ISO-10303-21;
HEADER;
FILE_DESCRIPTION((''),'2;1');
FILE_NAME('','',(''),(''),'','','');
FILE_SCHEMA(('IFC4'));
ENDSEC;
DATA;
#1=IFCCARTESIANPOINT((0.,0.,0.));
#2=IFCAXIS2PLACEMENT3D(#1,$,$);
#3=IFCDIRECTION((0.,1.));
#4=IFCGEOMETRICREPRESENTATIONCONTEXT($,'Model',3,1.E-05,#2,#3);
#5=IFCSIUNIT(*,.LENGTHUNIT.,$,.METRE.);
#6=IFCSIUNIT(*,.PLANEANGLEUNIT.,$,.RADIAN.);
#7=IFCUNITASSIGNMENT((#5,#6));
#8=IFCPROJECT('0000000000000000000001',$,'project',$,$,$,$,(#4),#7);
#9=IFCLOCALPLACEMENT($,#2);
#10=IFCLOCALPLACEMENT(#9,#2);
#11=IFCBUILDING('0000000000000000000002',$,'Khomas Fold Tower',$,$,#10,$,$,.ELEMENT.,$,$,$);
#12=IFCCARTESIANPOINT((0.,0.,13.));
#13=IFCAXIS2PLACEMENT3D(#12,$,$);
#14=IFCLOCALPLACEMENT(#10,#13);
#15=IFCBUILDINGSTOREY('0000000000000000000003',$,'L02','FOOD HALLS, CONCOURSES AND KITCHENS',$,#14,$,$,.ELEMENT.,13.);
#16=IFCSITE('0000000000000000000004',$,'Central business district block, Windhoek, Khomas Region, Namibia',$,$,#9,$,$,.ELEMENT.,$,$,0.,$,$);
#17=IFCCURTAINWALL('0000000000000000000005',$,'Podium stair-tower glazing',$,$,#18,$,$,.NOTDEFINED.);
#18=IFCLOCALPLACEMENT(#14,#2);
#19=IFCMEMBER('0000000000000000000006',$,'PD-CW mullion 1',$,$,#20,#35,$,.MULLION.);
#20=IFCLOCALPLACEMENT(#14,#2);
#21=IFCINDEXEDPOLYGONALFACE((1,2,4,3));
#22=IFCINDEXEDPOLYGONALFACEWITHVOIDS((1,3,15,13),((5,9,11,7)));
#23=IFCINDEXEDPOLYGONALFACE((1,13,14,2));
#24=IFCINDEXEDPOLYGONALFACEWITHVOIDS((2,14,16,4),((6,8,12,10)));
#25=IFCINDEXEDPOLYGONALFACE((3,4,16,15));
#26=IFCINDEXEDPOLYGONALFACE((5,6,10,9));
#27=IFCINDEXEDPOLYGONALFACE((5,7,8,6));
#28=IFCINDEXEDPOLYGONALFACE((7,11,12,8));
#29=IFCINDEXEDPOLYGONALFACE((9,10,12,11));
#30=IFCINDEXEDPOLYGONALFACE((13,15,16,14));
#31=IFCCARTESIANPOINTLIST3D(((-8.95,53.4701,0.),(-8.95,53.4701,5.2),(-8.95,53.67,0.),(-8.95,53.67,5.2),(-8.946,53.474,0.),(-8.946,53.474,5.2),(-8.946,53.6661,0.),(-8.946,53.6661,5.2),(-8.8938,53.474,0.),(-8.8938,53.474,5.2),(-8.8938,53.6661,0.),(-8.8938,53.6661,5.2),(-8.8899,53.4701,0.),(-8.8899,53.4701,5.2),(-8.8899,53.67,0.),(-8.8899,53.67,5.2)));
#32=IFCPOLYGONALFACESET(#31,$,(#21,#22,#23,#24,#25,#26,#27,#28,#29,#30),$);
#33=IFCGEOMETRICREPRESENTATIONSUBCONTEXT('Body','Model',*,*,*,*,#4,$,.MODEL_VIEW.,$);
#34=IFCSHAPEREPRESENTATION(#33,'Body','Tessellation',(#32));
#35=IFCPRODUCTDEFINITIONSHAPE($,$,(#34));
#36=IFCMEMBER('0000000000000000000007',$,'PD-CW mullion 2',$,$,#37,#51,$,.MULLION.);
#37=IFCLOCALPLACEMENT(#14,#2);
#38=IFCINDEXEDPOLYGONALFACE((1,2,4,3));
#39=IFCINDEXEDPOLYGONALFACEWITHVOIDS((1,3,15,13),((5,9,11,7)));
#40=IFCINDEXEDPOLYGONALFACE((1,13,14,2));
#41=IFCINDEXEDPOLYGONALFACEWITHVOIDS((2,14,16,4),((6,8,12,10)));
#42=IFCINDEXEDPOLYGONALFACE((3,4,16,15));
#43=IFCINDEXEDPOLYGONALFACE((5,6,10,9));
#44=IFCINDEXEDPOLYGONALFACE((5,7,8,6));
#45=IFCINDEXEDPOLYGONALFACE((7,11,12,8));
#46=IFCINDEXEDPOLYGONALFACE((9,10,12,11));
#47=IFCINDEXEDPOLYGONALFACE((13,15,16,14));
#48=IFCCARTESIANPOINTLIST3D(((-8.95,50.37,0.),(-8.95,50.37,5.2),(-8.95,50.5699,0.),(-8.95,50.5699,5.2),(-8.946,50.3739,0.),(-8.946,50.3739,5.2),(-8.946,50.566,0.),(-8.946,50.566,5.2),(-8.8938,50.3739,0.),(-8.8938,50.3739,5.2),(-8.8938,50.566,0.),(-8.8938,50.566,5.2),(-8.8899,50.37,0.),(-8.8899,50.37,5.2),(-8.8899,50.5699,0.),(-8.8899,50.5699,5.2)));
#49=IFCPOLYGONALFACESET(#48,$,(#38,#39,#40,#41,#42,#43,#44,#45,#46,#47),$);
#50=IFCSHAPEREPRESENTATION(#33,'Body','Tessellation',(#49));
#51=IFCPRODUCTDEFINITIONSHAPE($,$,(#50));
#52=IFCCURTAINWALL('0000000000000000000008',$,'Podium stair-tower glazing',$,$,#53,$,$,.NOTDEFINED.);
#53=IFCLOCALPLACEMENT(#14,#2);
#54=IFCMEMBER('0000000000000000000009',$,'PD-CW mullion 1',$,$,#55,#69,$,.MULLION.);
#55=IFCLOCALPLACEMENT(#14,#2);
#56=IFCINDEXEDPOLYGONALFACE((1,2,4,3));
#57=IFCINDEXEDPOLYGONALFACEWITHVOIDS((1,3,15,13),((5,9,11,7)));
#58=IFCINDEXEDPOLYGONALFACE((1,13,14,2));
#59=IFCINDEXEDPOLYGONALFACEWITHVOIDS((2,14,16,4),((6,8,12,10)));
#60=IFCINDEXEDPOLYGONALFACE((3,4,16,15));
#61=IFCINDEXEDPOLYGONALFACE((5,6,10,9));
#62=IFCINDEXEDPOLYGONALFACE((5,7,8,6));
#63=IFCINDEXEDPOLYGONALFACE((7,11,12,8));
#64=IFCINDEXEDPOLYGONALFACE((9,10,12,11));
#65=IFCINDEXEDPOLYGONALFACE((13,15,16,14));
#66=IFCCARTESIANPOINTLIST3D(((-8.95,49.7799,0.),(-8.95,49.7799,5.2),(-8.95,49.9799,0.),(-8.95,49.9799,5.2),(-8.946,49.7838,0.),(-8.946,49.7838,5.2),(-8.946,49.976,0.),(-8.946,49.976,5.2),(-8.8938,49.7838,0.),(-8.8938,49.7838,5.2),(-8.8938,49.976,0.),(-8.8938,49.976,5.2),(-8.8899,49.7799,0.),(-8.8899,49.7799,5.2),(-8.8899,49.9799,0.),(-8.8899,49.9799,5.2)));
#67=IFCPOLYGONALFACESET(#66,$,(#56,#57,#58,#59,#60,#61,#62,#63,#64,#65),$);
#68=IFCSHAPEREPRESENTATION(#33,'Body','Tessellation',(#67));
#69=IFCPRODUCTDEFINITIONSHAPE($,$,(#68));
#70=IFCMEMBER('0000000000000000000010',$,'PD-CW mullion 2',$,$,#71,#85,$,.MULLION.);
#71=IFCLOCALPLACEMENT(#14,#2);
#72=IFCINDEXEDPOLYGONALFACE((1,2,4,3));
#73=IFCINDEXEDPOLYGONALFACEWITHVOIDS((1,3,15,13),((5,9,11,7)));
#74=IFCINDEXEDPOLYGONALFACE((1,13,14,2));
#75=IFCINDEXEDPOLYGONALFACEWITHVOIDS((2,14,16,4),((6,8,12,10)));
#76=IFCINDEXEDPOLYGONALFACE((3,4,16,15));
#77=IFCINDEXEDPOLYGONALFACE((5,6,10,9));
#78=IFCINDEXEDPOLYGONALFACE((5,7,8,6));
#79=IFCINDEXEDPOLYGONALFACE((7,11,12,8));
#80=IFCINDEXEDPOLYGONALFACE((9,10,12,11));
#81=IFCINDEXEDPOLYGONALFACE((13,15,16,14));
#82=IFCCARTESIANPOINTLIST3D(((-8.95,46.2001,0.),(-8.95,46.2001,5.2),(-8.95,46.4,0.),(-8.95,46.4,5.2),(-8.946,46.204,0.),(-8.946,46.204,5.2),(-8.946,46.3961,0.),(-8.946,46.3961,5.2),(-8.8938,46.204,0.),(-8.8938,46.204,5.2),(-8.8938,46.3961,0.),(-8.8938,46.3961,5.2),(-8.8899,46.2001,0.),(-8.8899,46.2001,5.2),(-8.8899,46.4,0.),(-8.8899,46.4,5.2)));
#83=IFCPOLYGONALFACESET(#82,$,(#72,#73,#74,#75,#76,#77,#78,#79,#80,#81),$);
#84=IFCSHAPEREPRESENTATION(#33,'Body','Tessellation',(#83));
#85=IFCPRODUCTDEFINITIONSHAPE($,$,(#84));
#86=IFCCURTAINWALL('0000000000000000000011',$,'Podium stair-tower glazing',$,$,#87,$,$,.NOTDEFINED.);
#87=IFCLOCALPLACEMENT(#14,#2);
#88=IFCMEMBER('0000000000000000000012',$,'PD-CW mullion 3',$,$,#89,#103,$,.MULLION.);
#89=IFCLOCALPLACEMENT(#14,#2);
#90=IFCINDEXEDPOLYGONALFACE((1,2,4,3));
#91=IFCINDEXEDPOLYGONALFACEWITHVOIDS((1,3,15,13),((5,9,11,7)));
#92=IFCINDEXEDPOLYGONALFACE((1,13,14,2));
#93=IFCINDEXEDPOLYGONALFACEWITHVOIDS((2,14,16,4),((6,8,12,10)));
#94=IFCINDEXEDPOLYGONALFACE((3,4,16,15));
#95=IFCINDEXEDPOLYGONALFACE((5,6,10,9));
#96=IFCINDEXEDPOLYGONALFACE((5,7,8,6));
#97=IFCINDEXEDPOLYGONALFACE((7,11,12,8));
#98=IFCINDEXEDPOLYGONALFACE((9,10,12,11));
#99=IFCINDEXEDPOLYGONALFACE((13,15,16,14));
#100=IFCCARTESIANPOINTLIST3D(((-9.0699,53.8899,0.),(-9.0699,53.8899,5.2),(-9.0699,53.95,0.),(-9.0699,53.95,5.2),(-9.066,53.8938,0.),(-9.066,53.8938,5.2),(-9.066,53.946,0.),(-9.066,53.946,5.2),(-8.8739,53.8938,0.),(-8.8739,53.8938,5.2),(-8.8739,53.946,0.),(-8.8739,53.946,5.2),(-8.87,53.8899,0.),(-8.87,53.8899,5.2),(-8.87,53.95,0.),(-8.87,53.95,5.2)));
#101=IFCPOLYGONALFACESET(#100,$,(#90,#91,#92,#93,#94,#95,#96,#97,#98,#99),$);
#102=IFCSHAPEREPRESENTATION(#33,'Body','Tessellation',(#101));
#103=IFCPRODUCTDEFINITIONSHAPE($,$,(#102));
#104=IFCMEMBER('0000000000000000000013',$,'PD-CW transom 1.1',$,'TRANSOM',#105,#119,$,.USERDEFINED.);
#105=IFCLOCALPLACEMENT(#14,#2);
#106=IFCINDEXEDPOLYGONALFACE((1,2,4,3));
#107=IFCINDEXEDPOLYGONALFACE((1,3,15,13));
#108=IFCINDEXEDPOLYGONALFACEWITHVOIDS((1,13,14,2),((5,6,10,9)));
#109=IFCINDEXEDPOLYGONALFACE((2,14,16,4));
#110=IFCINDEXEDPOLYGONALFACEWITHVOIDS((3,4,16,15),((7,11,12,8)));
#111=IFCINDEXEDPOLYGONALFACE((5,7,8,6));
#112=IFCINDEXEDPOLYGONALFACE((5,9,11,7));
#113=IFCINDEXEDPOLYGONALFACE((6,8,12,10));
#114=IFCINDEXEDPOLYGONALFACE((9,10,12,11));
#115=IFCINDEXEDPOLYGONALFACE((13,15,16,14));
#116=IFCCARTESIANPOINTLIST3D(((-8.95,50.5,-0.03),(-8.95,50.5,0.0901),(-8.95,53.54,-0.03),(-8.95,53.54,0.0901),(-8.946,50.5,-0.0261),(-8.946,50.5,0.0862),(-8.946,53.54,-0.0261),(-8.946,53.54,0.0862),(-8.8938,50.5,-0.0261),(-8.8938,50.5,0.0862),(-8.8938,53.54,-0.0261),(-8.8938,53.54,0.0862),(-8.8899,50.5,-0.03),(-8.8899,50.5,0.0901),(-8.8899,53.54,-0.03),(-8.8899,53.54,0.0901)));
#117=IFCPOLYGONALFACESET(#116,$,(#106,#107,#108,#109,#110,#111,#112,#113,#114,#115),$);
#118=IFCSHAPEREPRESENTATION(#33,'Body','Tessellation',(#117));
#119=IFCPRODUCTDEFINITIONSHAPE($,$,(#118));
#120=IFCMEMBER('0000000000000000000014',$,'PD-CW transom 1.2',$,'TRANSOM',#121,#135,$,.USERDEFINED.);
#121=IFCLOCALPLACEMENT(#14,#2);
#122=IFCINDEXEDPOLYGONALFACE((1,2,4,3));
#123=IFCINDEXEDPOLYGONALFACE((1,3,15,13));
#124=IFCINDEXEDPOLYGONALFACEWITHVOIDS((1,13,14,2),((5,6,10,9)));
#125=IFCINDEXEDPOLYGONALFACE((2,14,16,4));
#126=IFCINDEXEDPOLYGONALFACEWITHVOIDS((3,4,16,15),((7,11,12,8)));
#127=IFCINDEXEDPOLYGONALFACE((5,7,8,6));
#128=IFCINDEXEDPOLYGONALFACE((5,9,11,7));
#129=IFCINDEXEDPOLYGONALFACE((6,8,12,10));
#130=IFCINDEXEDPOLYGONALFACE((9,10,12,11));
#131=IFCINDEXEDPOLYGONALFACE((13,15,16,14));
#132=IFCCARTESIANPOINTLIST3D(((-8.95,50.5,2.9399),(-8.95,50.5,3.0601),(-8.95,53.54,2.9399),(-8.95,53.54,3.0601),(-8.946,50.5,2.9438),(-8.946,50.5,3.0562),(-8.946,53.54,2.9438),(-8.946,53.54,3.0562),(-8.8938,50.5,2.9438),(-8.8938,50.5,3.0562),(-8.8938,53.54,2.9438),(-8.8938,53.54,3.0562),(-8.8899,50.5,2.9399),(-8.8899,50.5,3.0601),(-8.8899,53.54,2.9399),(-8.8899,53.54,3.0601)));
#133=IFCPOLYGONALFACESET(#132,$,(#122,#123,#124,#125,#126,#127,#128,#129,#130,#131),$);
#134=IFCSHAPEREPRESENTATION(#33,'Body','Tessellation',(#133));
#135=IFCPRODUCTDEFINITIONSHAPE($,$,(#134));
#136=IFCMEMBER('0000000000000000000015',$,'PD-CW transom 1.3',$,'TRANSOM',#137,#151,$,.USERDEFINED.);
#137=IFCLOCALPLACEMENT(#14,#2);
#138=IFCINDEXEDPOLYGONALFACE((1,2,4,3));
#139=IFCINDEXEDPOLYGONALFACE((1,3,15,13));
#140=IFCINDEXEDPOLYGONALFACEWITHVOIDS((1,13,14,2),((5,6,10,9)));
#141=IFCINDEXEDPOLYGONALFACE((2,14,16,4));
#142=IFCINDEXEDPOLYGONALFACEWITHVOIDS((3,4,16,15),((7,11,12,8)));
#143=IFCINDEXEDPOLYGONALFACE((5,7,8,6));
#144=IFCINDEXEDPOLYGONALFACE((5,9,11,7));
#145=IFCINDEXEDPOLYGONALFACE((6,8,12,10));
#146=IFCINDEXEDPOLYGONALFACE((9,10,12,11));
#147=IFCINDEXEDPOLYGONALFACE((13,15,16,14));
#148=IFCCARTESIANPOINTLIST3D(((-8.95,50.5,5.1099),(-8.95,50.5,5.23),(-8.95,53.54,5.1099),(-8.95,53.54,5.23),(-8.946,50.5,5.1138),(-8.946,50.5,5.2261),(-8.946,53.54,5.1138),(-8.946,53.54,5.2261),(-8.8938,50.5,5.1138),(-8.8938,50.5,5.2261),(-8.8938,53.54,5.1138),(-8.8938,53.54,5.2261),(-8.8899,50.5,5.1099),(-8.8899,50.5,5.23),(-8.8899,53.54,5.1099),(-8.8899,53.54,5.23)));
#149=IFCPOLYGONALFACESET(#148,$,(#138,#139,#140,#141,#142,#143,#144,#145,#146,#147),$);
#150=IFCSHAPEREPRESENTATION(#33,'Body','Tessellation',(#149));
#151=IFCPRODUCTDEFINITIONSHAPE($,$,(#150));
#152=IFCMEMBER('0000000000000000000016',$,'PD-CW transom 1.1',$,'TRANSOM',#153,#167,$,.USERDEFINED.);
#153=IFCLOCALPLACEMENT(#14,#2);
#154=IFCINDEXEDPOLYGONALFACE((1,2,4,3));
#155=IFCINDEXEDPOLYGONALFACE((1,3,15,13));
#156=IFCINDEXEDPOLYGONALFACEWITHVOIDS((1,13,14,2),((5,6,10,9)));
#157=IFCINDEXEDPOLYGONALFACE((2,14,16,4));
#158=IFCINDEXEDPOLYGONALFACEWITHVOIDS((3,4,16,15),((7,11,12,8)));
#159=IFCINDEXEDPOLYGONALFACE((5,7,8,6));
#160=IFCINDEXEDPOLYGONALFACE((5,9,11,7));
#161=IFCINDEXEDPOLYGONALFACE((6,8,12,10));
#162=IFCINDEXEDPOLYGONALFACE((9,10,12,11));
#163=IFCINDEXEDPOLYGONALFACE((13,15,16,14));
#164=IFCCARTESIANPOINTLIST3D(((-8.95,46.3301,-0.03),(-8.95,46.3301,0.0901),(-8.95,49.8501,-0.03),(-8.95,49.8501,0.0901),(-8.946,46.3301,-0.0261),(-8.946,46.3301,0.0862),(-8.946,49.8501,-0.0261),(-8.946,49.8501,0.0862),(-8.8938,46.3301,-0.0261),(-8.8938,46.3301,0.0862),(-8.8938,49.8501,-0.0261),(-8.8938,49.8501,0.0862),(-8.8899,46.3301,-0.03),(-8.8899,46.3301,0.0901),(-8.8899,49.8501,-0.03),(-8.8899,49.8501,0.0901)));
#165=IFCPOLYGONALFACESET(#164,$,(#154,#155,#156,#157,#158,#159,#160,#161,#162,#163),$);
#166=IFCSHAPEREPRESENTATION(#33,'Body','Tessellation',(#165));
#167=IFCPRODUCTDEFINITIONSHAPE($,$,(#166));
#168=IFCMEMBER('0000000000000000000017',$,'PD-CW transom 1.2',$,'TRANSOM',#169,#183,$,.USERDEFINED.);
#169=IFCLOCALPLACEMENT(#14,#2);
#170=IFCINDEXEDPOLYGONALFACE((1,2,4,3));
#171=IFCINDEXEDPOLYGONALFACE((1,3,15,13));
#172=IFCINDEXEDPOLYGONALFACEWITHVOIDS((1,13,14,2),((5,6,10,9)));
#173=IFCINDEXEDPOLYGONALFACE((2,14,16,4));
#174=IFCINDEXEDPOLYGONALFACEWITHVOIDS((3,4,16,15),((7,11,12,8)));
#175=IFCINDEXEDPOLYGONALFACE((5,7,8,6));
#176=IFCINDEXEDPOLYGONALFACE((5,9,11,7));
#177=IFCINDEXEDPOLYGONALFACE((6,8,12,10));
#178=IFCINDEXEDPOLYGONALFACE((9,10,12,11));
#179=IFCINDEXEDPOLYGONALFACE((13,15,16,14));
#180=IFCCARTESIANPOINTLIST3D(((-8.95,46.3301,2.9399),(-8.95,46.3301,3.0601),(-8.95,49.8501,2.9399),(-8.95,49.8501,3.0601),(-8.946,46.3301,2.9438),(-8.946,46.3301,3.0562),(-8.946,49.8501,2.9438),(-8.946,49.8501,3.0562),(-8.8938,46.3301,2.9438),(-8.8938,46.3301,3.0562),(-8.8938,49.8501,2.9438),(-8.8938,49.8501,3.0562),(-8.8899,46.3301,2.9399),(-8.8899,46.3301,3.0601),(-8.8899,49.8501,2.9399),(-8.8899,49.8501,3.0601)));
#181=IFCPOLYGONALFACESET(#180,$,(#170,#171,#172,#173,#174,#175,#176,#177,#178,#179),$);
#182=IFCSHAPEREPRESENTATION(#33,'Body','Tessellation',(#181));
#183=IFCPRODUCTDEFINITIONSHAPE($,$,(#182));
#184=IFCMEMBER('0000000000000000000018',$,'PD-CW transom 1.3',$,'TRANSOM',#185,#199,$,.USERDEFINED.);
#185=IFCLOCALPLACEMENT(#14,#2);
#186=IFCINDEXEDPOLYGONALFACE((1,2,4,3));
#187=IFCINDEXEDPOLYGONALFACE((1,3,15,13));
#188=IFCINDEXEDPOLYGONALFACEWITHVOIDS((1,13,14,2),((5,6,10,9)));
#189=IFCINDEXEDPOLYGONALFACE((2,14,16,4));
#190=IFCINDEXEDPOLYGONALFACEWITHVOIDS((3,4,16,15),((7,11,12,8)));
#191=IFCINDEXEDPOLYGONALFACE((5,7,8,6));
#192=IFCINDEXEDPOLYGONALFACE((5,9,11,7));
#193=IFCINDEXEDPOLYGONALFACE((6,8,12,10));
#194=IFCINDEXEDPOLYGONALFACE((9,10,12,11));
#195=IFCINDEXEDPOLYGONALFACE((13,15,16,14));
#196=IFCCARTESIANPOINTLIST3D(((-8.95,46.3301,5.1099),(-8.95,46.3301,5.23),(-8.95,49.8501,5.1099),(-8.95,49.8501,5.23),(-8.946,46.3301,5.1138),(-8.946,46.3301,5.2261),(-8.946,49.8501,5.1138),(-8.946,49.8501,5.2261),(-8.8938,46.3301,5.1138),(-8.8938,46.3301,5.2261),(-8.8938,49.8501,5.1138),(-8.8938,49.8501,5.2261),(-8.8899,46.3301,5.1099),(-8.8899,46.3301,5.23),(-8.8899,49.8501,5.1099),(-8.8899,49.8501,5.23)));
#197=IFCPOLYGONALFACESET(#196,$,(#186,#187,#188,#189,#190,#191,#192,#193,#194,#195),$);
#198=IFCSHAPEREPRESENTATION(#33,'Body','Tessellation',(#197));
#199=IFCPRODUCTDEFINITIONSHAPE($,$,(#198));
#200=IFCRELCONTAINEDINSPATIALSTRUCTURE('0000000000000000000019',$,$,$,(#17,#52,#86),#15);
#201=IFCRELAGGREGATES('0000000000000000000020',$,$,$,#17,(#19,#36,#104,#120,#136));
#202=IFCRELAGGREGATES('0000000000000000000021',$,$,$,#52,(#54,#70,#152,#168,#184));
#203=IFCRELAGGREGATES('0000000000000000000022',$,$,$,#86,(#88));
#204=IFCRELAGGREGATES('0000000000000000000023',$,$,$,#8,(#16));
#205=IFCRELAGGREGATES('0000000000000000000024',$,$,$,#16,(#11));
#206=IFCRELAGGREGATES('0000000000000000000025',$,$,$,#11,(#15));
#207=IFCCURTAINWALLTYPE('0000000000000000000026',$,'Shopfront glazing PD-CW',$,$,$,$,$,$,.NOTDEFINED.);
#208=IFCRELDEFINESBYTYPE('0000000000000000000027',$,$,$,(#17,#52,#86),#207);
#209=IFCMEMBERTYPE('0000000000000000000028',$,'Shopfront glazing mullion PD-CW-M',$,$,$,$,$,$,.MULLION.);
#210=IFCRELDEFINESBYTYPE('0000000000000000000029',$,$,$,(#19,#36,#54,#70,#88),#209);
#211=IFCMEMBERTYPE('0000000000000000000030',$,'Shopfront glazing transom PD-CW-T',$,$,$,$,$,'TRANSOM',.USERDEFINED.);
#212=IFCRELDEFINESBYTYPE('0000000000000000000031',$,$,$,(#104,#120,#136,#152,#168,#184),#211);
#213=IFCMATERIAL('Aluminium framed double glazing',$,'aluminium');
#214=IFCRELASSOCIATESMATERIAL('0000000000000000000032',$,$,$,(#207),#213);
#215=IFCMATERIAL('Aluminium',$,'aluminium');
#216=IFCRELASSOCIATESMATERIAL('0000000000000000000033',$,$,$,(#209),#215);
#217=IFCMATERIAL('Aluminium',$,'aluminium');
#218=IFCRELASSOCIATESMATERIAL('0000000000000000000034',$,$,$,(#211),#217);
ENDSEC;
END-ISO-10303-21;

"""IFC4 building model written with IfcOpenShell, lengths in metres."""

from ifc_helpers import new_model, si_unit, direction, frame, origin, origin_2d, place, context, subcontext, project, spatial, hollow_rectangle, extrude, source, transform, mapped, material, material_profile, profile_set, type_object, element, aggregate, save


model = new_model("IFC4")

# Units and contexts
model_context = context("Model", 3, precision=1e-05, world=origin(), true_north=direction((0.0, 1.0)))
body_context = subcontext(model_context, "Body", "Model", "MODEL_VIEW")
ifc_project = project(units=[si_unit("LENGTHUNIT", "METRE"), si_unit("PLANEANGLEUNIT", "RADIAN")], contexts=[model_context])

# Site, building, storey
site_placement = place(None, origin())
site = spatial("IfcSite", under=ifc_project, at=site_placement, Name="Central business district block, Windhoek, Khomas Region, Namibia", CompositionType="ELEMENT", RefElevation=0.0)
building_placement = place(site_placement, origin())
building = spatial("IfcBuilding", under=site, at=building_placement, Name="Khomas Fold Tower", CompositionType="ELEMENT")
storey_placement = place(building_placement, frame((0.0, 0.0, 13.0)))
storey = spatial("IfcBuildingStorey", under=building, at=storey_placement, Name="L02", Description="FOOD HALLS, CONCOURSES AND KITCHENS", CompositionType="ELEMENT", Elevation=13.0)

# Curtain walls, members
ifc_material_1 = material(Name="Aluminium framed double glazing", Category="aluminium")
curtain_wall_type = type_object("IfcCurtainWallType", Name="Shopfront glazing PD-CW", PredefinedType="NOTDEFINED", material=ifc_material_1)
curtain_wall_1_placement = place(storey_placement, origin())
curtain_wall_1 = element("IfcCurtainWall", 1, at=curtain_wall_1_placement, inside=storey, type_object=curtain_wall_type, Name="Podium stair-tower glazing", PredefinedType="NOTDEFINED")
ifc_material_2 = material(Name="Aluminium", Category="aluminium")
ifc_material_profile_1 = material_profile(ifc_material_2, hollow_rectangle(XDim=0.0601, YDim=0.2, WallThickness=0.0039, at=origin_2d()), Name="Shopfront glazing mullion PD-CW-M")
ifc_profile_set_1 = profile_set([ifc_material_profile_1], Name="Aluminium")
member_type_1 = type_object("IfcMemberType", Name="Shopfront glazing mullion PD-CW-M", PredefinedType="MULLION", material=ifc_profile_set_1)
shared_shape_1 = source(origin(), body_context, "Body", "SweptSolid", [
    extrude(hollow_rectangle(XDim=0.0601, YDim=0.2, WallThickness=0.0039, at=origin_2d()), origin(), (0.0, 0.0, 1.0), 5.2),
])
member_1_placement = place(storey_placement, frame((-8.9199, 53.5701, 0.0), z_axis=(0.0, 0.0, 1.0), x_axis=(1.0, 0.0, 0.0)))
member_1 = element("IfcMember", 2, at=member_1_placement, type_object=member_type_1, Name="PD-CW mullion 1", PredefinedType="MULLION", context=body_context, shape_type="MappedRepresentation", body=[
    mapped(shared_shape_1, transform((0.0, 0.0, 0.0))),
])
member_2_placement = place(storey_placement, frame((-8.9199, 50.47, 0.0), z_axis=(0.0, 0.0, 1.0), x_axis=(1.0, 0.0, 0.0)))
member_2 = element("IfcMember", 3, at=member_2_placement, type_object=member_type_1, Name="PD-CW mullion 2", PredefinedType="MULLION", context=body_context, shape_type="MappedRepresentation", body=[
    mapped(shared_shape_1, transform((0.0, 0.0, 0.0))),
])
curtain_wall_2_placement = place(storey_placement, origin())
curtain_wall_2 = element("IfcCurtainWall", 4, at=curtain_wall_2_placement, inside=storey, type_object=curtain_wall_type, Name="Podium stair-tower glazing", PredefinedType="NOTDEFINED")
member_3_placement = place(storey_placement, frame((-8.9199, 49.8799, 0.0), z_axis=(0.0, 0.0, 1.0), x_axis=(1.0, 0.0, 0.0)))
member_3 = element("IfcMember", 5, at=member_3_placement, type_object=member_type_1, Name="PD-CW mullion 1", PredefinedType="MULLION", context=body_context, shape_type="MappedRepresentation", body=[
    mapped(shared_shape_1, transform((0.0, 0.0, 0.0))),
])
member_4_placement = place(storey_placement, frame((-8.9199, 46.3, 0.0), z_axis=(0.0, 0.0, 1.0), x_axis=(1.0, 0.0, 0.0)))
member_4 = element("IfcMember", 6, at=member_4_placement, type_object=member_type_1, Name="PD-CW mullion 2", PredefinedType="MULLION", context=body_context, shape_type="MappedRepresentation", body=[
    mapped(shared_shape_1, transform((0.0, 0.0, 0.0))),
])

# Curtain wall, member
curtain_wall_3_placement = place(storey_placement, origin())
curtain_wall_3 = element("IfcCurtainWall", 7, at=curtain_wall_3_placement, inside=storey, type_object=curtain_wall_type, Name="Podium stair-tower glazing", PredefinedType="NOTDEFINED")
member_5_placement = place(storey_placement, frame((-8.97, 53.9199, 0.0), z_axis=(0.0, 0.0, 1.0), x_axis=(0.0, -1.0, 0.0)))
member_5 = element("IfcMember", 8, at=member_5_placement, type_object=member_type_1, Name="PD-CW mullion 3", PredefinedType="MULLION", context=body_context, shape_type="MappedRepresentation", body=[
    mapped(shared_shape_1, transform((0.0, 0.0, 0.0))),
])

# Members
ifc_material_3 = material(Name="Aluminium", Category="aluminium")
ifc_material_profile_2 = material_profile(ifc_material_3, hollow_rectangle(XDim=0.0601, YDim=0.1201, WallThickness=0.0039, at=origin_2d()), Name="Shopfront glazing transom PD-CW-T")
ifc_profile_set_2 = profile_set([ifc_material_profile_2], Name="Aluminium")
member_type_2 = type_object("IfcMemberType", Name="Shopfront glazing transom PD-CW-T", ElementType="TRANSOM", PredefinedType="USERDEFINED", material=ifc_profile_set_2)
shared_shape_2 = source(origin(), body_context, "Body", "SweptSolid", [
    extrude(hollow_rectangle(XDim=0.0601, YDim=0.1201, WallThickness=0.0039, at=origin_2d()), origin(), (0.0, 0.0, 1.0), 3.04),
])
member_6_placement = place(storey_placement, frame((-8.9199, 53.54, 0.03), z_axis=(0.0, -1.0, 0.0), x_axis=(1.0, 0.0, 0.0)))
member_6 = element("IfcMember", 9, at=member_6_placement, type_object=member_type_2, Name="PD-CW transom 1.1", ObjectType="TRANSOM", PredefinedType="USERDEFINED", context=body_context, shape_type="MappedRepresentation", body=[
    mapped(shared_shape_2, transform((0.0, 0.0, 0.0))),
])
member_7_placement = place(storey_placement, frame((-8.9199, 53.54, 3.0), z_axis=(0.0, -1.0, 0.0), x_axis=(1.0, 0.0, 0.0)))
member_7 = element("IfcMember", 10, at=member_7_placement, type_object=member_type_2, Name="PD-CW transom 1.2", ObjectType="TRANSOM", PredefinedType="USERDEFINED", context=body_context, shape_type="MappedRepresentation", body=[
    mapped(shared_shape_2, transform((0.0, 0.0, 0.0))),
])
member_8_placement = place(storey_placement, frame((-8.9199, 53.54, 5.1699), z_axis=(0.0, -1.0, 0.0), x_axis=(1.0, 0.0, 0.0)))
member_8 = element("IfcMember", 11, at=member_8_placement, type_object=member_type_2, Name="PD-CW transom 1.3", ObjectType="TRANSOM", PredefinedType="USERDEFINED", context=body_context, shape_type="MappedRepresentation", body=[
    mapped(shared_shape_2, transform((0.0, 0.0, 0.0))),
])
shared_shape_3 = source(origin(), body_context, "Body", "SweptSolid", [
    extrude(hollow_rectangle(XDim=0.0601, YDim=0.1201, WallThickness=0.0039, at=origin_2d()), origin(), (0.0, 0.0, 1.0), 3.52),
])
member_9_placement = place(storey_placement, frame((-8.9199, 49.8501, 0.03), z_axis=(0.0, -1.0, 0.0), x_axis=(1.0, 0.0, 0.0)))
member_9 = element("IfcMember", 12, at=member_9_placement, type_object=member_type_2, Name="PD-CW transom 1.1", ObjectType="TRANSOM", PredefinedType="USERDEFINED", context=body_context, shape_type="MappedRepresentation", body=[
    mapped(shared_shape_3, transform((0.0, 0.0, 0.0))),
])
member_10_placement = place(storey_placement, frame((-8.9199, 49.8501, 3.0), z_axis=(0.0, -1.0, 0.0), x_axis=(1.0, 0.0, 0.0)))
member_10 = element("IfcMember", 13, at=member_10_placement, type_object=member_type_2, Name="PD-CW transom 1.2", ObjectType="TRANSOM", PredefinedType="USERDEFINED", context=body_context, shape_type="MappedRepresentation", body=[
    mapped(shared_shape_3, transform((0.0, 0.0, 0.0))),
])
member_11_placement = place(storey_placement, frame((-8.9199, 49.8501, 5.1699), z_axis=(0.0, -1.0, 0.0), x_axis=(1.0, 0.0, 0.0)))
member_11 = element("IfcMember", 14, at=member_11_placement, type_object=member_type_2, Name="PD-CW transom 1.3", ObjectType="TRANSOM", PredefinedType="USERDEFINED", context=body_context, shape_type="MappedRepresentation", body=[
    mapped(shared_shape_3, transform((0.0, 0.0, 0.0))),
])

aggregate(curtain_wall_1, [member_1, member_2, member_6, member_7, member_8])
aggregate(curtain_wall_2, [member_3, member_4, member_9, member_10, member_11])
aggregate(curtain_wall_3, [member_5])

save(model, "model.ifc")
